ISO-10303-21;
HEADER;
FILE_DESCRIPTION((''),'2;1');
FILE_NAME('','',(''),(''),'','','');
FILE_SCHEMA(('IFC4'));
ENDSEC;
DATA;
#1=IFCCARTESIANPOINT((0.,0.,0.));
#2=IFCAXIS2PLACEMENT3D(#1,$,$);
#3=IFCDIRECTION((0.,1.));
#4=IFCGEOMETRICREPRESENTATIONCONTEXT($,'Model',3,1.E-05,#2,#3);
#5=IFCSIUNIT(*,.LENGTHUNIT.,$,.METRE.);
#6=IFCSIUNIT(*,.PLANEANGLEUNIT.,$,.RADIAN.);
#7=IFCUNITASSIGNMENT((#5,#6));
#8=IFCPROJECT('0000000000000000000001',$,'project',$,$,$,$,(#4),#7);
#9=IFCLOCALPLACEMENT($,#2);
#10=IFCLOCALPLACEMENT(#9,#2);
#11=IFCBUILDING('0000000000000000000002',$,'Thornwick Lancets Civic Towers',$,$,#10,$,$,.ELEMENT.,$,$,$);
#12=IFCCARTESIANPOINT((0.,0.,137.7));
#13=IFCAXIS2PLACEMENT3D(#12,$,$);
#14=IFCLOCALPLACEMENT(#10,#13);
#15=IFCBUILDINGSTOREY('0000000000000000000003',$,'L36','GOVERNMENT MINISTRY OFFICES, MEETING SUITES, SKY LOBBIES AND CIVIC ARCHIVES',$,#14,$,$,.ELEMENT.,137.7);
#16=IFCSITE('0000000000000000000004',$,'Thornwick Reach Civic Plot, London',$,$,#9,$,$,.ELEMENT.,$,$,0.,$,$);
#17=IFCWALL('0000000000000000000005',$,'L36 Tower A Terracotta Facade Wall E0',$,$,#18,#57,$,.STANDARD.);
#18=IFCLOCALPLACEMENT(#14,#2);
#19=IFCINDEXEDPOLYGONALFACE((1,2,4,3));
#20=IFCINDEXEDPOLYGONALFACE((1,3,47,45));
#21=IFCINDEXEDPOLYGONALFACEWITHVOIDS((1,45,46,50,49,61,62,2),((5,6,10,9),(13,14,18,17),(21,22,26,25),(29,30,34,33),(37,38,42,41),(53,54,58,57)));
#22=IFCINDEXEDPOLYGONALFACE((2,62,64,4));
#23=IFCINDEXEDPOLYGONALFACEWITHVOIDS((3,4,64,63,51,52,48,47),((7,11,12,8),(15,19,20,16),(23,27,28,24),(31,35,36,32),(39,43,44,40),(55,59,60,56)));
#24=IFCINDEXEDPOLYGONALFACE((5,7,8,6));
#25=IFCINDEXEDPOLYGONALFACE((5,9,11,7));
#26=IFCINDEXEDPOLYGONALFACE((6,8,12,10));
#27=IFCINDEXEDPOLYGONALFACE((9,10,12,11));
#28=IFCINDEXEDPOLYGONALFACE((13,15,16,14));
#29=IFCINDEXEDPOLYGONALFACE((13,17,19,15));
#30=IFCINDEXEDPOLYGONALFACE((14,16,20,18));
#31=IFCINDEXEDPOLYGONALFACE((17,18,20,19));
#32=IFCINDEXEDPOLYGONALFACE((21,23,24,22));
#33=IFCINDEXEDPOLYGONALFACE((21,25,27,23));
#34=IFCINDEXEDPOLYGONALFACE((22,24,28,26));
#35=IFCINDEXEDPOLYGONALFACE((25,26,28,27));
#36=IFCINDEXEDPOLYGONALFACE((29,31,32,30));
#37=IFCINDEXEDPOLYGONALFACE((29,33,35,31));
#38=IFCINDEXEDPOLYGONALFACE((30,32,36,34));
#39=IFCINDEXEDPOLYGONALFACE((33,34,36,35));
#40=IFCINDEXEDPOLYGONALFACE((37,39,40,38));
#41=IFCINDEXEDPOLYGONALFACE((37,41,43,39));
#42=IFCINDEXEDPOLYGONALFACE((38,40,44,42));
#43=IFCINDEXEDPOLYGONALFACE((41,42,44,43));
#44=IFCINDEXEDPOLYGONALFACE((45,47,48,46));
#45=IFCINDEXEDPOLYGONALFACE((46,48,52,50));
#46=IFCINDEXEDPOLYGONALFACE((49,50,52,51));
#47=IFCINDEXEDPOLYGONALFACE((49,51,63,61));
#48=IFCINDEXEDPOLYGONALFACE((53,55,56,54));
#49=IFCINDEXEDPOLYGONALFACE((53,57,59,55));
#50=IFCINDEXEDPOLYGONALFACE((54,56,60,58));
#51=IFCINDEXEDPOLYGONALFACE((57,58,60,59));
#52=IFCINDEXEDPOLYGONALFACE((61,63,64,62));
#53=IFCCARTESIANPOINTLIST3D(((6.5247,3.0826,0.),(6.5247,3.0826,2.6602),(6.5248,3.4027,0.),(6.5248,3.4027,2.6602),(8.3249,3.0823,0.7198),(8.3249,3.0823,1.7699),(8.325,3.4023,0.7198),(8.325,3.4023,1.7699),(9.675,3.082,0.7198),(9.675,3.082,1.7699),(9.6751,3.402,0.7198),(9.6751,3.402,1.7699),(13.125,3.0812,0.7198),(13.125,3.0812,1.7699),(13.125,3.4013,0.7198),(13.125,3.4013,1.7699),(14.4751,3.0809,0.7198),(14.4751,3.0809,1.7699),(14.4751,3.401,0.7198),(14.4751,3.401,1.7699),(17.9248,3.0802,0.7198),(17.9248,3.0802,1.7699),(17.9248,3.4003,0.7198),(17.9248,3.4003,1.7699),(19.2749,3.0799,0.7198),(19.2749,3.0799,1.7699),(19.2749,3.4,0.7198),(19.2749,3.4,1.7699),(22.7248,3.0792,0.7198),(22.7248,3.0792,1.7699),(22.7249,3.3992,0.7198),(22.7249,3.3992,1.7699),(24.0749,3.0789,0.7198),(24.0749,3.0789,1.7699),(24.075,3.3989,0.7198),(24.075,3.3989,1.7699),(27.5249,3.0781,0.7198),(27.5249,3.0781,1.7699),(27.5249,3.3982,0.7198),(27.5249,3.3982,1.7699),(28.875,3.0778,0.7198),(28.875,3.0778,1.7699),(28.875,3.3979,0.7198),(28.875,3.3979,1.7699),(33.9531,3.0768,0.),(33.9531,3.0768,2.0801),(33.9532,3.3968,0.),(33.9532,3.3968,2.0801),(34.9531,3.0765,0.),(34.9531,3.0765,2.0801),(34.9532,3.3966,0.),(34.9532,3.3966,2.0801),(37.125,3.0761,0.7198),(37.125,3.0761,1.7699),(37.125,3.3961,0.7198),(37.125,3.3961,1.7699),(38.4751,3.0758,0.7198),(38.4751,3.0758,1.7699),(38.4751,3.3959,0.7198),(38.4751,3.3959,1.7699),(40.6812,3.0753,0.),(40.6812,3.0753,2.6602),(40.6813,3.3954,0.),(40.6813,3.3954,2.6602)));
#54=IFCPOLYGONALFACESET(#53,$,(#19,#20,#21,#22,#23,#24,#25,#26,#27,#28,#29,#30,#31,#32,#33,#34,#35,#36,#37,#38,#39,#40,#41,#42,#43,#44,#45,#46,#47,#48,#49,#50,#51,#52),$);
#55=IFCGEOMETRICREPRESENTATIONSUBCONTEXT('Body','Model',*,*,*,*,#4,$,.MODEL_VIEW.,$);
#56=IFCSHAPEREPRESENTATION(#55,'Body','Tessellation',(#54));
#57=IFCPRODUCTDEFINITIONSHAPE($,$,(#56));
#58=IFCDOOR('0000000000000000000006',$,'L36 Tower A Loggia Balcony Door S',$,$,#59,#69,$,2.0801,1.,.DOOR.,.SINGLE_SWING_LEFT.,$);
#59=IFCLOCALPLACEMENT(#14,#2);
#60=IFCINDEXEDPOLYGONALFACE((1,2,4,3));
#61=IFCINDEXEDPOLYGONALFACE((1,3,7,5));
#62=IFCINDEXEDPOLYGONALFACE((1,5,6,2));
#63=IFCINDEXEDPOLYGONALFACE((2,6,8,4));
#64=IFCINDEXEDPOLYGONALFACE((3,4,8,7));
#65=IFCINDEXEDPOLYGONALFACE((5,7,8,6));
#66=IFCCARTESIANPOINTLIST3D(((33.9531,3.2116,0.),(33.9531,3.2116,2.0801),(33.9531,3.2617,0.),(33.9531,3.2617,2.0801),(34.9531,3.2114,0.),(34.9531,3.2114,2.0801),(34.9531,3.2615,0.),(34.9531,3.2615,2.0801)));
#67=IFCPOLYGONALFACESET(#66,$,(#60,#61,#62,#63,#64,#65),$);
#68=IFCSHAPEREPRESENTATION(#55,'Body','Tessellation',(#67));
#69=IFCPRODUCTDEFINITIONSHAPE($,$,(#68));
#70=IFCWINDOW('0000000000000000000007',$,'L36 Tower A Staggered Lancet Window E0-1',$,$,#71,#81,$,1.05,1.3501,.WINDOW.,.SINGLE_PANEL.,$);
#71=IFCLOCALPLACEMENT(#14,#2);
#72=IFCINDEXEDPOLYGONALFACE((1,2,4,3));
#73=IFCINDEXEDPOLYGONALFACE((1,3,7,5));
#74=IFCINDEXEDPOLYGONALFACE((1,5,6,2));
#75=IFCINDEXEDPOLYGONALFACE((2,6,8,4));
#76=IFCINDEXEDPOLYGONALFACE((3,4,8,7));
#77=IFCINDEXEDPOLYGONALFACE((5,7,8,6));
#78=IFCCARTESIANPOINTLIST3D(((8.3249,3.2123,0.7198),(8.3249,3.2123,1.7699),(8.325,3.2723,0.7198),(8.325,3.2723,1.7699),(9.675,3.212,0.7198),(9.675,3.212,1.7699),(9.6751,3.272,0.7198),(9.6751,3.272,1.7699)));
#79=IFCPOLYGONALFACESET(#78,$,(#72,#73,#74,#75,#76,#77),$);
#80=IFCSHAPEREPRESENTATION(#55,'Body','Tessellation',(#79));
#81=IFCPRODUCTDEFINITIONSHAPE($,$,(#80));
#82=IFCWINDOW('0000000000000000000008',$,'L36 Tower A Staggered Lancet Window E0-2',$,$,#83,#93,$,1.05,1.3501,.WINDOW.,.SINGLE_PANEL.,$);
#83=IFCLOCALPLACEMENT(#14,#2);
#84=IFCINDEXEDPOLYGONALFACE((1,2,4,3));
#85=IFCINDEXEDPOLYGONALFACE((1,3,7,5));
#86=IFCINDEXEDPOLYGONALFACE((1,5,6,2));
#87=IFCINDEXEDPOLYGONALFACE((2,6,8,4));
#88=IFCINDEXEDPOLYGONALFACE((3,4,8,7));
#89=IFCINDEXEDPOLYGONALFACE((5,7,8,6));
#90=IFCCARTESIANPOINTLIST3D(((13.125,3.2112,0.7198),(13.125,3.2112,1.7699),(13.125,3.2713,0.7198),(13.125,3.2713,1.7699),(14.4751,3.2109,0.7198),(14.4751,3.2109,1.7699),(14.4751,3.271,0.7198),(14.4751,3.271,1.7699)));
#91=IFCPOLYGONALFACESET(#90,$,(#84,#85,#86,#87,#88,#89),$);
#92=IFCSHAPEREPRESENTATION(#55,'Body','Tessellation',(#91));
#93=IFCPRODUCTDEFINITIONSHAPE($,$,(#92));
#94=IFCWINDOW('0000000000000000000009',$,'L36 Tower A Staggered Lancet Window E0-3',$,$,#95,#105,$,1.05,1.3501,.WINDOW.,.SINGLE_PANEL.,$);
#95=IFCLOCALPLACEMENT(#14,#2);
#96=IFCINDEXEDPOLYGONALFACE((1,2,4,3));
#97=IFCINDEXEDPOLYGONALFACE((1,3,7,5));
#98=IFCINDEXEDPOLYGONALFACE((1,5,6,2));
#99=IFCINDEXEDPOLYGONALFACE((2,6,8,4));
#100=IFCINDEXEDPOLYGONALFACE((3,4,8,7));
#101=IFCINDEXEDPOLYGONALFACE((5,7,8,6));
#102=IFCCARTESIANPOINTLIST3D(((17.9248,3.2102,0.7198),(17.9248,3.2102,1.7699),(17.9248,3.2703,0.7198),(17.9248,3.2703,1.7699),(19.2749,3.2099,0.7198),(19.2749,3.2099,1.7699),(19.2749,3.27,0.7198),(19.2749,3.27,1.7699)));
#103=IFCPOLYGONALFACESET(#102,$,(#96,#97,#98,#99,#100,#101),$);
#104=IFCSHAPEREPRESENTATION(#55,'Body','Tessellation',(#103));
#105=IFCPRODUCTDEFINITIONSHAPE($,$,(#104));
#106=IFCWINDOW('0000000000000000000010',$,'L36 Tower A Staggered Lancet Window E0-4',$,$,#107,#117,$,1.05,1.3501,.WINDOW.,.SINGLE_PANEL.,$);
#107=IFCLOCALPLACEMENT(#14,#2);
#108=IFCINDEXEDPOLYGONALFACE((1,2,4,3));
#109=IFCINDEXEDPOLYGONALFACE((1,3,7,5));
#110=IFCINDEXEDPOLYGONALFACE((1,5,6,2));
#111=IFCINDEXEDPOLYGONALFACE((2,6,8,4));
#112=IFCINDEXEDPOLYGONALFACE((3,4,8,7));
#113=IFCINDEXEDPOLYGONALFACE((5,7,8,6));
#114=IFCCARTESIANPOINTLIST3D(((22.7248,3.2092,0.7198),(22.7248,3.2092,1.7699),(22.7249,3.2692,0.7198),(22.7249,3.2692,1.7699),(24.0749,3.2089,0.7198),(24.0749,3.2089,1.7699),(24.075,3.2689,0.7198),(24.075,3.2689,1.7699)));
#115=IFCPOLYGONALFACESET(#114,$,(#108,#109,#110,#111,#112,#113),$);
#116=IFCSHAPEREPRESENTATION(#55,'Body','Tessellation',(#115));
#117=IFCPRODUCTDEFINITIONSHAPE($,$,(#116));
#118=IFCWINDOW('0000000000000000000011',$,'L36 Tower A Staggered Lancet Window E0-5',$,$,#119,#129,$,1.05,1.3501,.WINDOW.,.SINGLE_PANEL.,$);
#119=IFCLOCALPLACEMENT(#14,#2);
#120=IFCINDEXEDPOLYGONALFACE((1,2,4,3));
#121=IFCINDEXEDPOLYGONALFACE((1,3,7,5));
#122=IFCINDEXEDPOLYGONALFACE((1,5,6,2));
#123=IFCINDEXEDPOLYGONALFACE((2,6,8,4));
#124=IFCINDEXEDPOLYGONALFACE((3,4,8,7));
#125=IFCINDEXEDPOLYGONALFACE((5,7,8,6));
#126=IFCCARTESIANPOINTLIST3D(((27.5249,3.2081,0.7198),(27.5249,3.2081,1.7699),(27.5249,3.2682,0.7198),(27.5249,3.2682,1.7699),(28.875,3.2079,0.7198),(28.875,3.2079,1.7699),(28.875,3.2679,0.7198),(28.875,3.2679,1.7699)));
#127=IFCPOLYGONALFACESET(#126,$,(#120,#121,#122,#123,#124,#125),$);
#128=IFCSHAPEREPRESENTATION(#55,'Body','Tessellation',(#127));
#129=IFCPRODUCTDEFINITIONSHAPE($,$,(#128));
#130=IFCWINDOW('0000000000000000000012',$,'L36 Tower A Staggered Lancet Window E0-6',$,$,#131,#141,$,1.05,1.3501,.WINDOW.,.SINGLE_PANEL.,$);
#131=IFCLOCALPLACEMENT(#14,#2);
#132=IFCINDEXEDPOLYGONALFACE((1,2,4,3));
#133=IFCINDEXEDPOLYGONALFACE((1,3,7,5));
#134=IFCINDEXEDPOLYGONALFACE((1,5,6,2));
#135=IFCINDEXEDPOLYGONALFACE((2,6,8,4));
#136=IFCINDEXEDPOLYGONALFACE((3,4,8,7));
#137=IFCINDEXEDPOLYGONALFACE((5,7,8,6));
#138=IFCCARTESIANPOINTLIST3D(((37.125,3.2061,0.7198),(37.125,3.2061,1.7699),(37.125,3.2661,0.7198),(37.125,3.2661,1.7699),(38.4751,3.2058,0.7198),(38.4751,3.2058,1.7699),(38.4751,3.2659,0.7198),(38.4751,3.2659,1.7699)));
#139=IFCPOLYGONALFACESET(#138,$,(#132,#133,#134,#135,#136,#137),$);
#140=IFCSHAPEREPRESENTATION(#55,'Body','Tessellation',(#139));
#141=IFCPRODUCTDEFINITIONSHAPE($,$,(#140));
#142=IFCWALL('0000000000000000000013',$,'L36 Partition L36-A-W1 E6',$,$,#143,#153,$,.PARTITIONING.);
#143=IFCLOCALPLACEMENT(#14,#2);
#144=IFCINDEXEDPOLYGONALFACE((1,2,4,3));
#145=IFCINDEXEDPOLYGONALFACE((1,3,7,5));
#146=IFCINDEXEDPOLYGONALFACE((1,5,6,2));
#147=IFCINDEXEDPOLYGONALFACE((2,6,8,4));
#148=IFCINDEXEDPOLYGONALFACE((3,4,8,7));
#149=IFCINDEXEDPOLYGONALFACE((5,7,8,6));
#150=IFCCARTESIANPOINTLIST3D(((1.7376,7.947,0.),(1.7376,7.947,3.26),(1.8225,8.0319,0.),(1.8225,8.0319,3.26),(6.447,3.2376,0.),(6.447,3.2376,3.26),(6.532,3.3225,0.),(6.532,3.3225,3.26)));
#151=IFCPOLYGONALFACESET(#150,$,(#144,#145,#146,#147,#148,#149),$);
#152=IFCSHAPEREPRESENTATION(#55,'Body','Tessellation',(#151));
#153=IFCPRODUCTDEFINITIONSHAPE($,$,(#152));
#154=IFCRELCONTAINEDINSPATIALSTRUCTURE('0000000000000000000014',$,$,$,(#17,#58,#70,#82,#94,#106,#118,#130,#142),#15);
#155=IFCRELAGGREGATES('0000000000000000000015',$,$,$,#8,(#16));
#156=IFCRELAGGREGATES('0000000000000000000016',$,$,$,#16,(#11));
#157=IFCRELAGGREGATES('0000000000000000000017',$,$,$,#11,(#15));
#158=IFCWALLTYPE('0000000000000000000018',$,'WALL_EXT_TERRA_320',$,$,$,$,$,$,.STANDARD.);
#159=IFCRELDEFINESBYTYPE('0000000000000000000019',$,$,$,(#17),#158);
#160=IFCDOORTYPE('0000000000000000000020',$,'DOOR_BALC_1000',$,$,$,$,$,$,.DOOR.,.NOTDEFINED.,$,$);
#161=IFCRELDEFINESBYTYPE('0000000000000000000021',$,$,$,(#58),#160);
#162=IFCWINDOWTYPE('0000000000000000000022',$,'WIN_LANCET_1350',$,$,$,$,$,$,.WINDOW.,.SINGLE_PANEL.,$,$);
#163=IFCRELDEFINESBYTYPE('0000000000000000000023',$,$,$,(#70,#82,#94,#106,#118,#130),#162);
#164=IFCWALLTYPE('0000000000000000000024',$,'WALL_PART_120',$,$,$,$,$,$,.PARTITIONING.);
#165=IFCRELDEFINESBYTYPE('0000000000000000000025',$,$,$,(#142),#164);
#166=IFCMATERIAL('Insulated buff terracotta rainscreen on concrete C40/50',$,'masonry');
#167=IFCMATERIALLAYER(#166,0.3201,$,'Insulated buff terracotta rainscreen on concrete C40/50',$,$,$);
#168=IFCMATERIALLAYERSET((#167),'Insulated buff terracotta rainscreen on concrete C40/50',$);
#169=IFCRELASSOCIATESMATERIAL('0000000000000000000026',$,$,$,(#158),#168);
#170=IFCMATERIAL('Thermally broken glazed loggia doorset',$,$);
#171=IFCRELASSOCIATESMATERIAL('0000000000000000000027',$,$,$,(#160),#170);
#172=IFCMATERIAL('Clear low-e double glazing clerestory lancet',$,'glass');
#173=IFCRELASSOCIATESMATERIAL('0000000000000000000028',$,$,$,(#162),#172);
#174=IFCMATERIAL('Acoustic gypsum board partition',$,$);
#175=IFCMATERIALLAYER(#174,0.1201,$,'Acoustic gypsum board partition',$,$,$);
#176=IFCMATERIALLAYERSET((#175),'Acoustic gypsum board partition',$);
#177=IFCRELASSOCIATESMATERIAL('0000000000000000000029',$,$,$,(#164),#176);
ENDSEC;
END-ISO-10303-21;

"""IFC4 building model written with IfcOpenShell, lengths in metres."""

from ifc_helpers import new_model, si_unit, direction, frame, frame_2d, origin, place, context, subcontext, project, spatial, rectangle, extrude, material, layer, layer_set, type_object, element, fill, save


model = new_model("IFC4")

# Units and contexts
model_context = context("Model", 3, precision=1e-05, world=origin(), true_north=direction((0.0, 1.0)))
body_context = subcontext(model_context, "Body", "Model", "MODEL_VIEW")
ifc_project = project(units=[si_unit("LENGTHUNIT", "METRE"), si_unit("PLANEANGLEUNIT", "RADIAN")], contexts=[model_context])

# Site, building, storey
site_placement = place(None, origin())
site = spatial("IfcSite", under=ifc_project, at=site_placement, Name="Thornwick Reach Civic Plot, London", CompositionType="ELEMENT", RefElevation=0.0)
building_placement = place(site_placement, origin())
building = spatial("IfcBuilding", under=site, at=building_placement, Name="Thornwick Lancets Civic Towers", CompositionType="ELEMENT")
storey_placement = place(building_placement, frame((0.0, 0.0, 137.7)))
storey = spatial("IfcBuildingStorey", under=building, at=storey_placement, Name="L36", Description="GOVERNMENT MINISTRY OFFICES, MEETING SUITES, SKY LOBBIES AND CIVIC ARCHIVES", CompositionType="ELEMENT", Elevation=137.7)

# Wall, openings, door, windows
ifc_material_1 = material(Name="Insulated buff terracotta rainscreen on concrete C40/50", Category="masonry")
ifc_layer_1 = layer(ifc_material_1, 0.3201, Name="Insulated buff terracotta rainscreen on concrete C40/50")
ifc_layer_set_1 = layer_set([ifc_layer_1], Name="Insulated buff terracotta rainscreen on concrete C40/50")
wall_type_1 = type_object("IfcWallType", Name="WALL_EXT_TERRA_320", PredefinedType="STANDARD", material=ifc_layer_set_1)
wall_1_placement = place(storey_placement, frame((6.5249, 3.2427, 0.0), z_axis=(0.0, 0.0, 1.0), x_axis=(1.0, -0.000214, 0.0)))
wall_1 = element("IfcWall", 1, at=wall_1_placement, inside=storey, type_object=wall_type_1, Name="L36 Tower A Terracotta Facade Wall E0", PredefinedType="STANDARD", context=body_context, shape_type="SweptSolid", body=[
    extrude(rectangle(XDim=34.1565, YDim=0.3201, at=frame_2d((17.0781, 0.0))), origin(), (0.0, 0.0, 1.0), 2.6602),
])
opening_1_placement = place(wall_1_placement, frame((27.4282, 0.0, 0.0)))
opening_1 = element("IfcOpeningElement", 2, at=opening_1_placement, cuts=wall_1, PredefinedType="OPENING", context=body_context, shape_type="SweptSolid", body=[
    extrude(rectangle(XDim=1.0, YDim=2.0801, at=frame_2d((0.5, 1.04))), frame((0.0, 0.1699, 0.0), z_axis=(0.0, -1.0, 0.0), x_axis=(1.0, 0.0, 0.0)), (0.0, 0.0, 1.0), 0.3401),
])
opening_2_placement = place(wall_1_placement, frame((1.8, 0.0, 0.72)))
opening_2 = element("IfcOpeningElement", 3, at=opening_2_placement, cuts=wall_1, PredefinedType="OPENING", context=body_context, shape_type="SweptSolid", body=[
    extrude(rectangle(XDim=1.3501, YDim=1.05, at=frame_2d((0.675, 0.5249))), frame((0.0, 0.1699, 0.0), z_axis=(0.0, -1.0, 0.0), x_axis=(1.0, 0.0, 0.0)), (0.0, 0.0, 1.0), 0.3401),
])
opening_3_placement = place(wall_1_placement, frame((6.6001, 0.0, 0.72)))
opening_3 = element("IfcOpeningElement", 4, at=opening_3_placement, cuts=wall_1, PredefinedType="OPENING", context=body_context, shape_type="SweptSolid", body=[
    extrude(rectangle(XDim=1.3501, YDim=1.05, at=frame_2d((0.675, 0.5249))), frame((0.0, 0.1699, 0.0), z_axis=(0.0, -1.0, 0.0), x_axis=(1.0, 0.0, 0.0)), (0.0, 0.0, 1.0), 0.3401),
])
opening_4_placement = place(wall_1_placement, frame((11.3999, 0.0, 0.72)))
opening_4 = element("IfcOpeningElement", 5, at=opening_4_placement, cuts=wall_1, PredefinedType="OPENING", context=body_context, shape_type="SweptSolid", body=[
    extrude(rectangle(XDim=1.3501, YDim=1.05, at=frame_2d((0.675, 0.5249))), frame((0.0, 0.1699, 0.0), z_axis=(0.0, -1.0, 0.0), x_axis=(1.0, 0.0, 0.0)), (0.0, 0.0, 1.0), 0.3401),
])
opening_5_placement = place(wall_1_placement, frame((16.2, 0.0, 0.72)))
opening_5 = element("IfcOpeningElement", 6, at=opening_5_placement, cuts=wall_1, PredefinedType="OPENING", context=body_context, shape_type="SweptSolid", body=[
    extrude(rectangle(XDim=1.3501, YDim=1.05, at=frame_2d((0.675, 0.5249))), frame((0.0, 0.1699, 0.0), z_axis=(0.0, -1.0, 0.0), x_axis=(1.0, 0.0, 0.0)), (0.0, 0.0, 1.0), 0.3401),
])
opening_6_placement = place(wall_1_placement, frame((21.0, 0.0, 0.72)))
opening_6 = element("IfcOpeningElement", 7, at=opening_6_placement, cuts=wall_1, PredefinedType="OPENING", context=body_context, shape_type="SweptSolid", body=[
    extrude(rectangle(XDim=1.3501, YDim=1.05, at=frame_2d((0.675, 0.5249))), frame((0.0, 0.1699, 0.0), z_axis=(0.0, -1.0, 0.0), x_axis=(1.0, 0.0, 0.0)), (0.0, 0.0, 1.0), 0.3401),
])
opening_7_placement = place(wall_1_placement, frame((30.6001, 0.0, 0.72)))
opening_7 = element("IfcOpeningElement", 8, at=opening_7_placement, cuts=wall_1, PredefinedType="OPENING", context=body_context, shape_type="SweptSolid", body=[
    extrude(rectangle(XDim=1.3501, YDim=1.05, at=frame_2d((0.675, 0.5249))), frame((0.0, 0.1699, 0.0), z_axis=(0.0, -1.0, 0.0), x_axis=(1.0, 0.0, 0.0)), (0.0, 0.0, 1.0), 0.3401),
])
ifc_material_2 = material(Name="Thermally broken glazed loggia doorset")
door_type = type_object("IfcDoorType", Name="DOOR_BALC_1000", OperationType="NOTDEFINED", PredefinedType="DOOR", material=ifc_material_2)
door_placement = place(opening_1_placement, origin())
door = element("IfcDoor", 9, at=door_placement, inside=storey, type_object=door_type, Name="L36 Tower A Loggia Balcony Door S", OperationType="SINGLE_SWING_LEFT", OverallHeight=2.0801, OverallWidth=1.0, PredefinedType="DOOR", context=body_context, shape_type="SweptSolid", body=[
    extrude(rectangle(XDim=1.0, YDim=2.0801, at=frame_2d((0.5, 1.04))), frame((0.0, 0.0249, 0.0), z_axis=(0.0, -1.0, 0.0), x_axis=(1.0, 0.0, 0.0)), (0.0, 0.0, 1.0), 0.05),
])
fill(opening_1, door)
ifc_material_3 = material(Name="Clear low-e double glazing clerestory lancet", Category="glass")
window_type = type_object("IfcWindowType", Name="WIN_LANCET_1350", PartitioningType="SINGLE_PANEL", PredefinedType="WINDOW", material=ifc_material_3)
window_1_placement = place(opening_2_placement, origin())
window_1 = element("IfcWindow", 10, at=window_1_placement, inside=storey, type_object=window_type, Name="L36 Tower A Staggered Lancet Window E0-1", OverallHeight=1.05, OverallWidth=1.3501, PartitioningType="SINGLE_PANEL", PredefinedType="WINDOW", context=body_context, shape_type="SweptSolid", body=[
    extrude(rectangle(XDim=1.3501, YDim=1.05, at=frame_2d((0.675, 0.5249))), frame((0.0, 0.03, 0.0), z_axis=(0.0, -1.0, 0.0), x_axis=(1.0, 0.0, 0.0)), (0.0, 0.0, 1.0), 0.0601),
])
fill(opening_2, window_1)
window_2_placement = place(opening_3_placement, origin())
window_2 = element("IfcWindow", 11, at=window_2_placement, inside=storey, type_object=window_type, Name="L36 Tower A Staggered Lancet Window E0-2", OverallHeight=1.05, OverallWidth=1.3501, PartitioningType="SINGLE_PANEL", PredefinedType="WINDOW", context=body_context, shape_type="SweptSolid", body=[
    extrude(rectangle(XDim=1.3501, YDim=1.05, at=frame_2d((0.675, 0.5249))), frame((0.0, 0.03, 0.0), z_axis=(0.0, -1.0, 0.0), x_axis=(1.0, 0.0, 0.0)), (0.0, 0.0, 1.0), 0.0601),
])
fill(opening_3, window_2)
window_3_placement = place(opening_4_placement, origin())
window_3 = element("IfcWindow", 12, at=window_3_placement, inside=storey, type_object=window_type, Name="L36 Tower A Staggered Lancet Window E0-3", OverallHeight=1.05, OverallWidth=1.3501, PartitioningType="SINGLE_PANEL", PredefinedType="WINDOW", context=body_context, shape_type="SweptSolid", body=[
    extrude(rectangle(XDim=1.3501, YDim=1.05, at=frame_2d((0.675, 0.5249))), frame((0.0, 0.03, 0.0), z_axis=(0.0, -1.0, 0.0), x_axis=(1.0, 0.0, 0.0)), (0.0, 0.0, 1.0), 0.0601),
])
fill(opening_4, window_3)
window_4_placement = place(opening_5_placement, origin())
window_4 = element("IfcWindow", 13, at=window_4_placement, inside=storey, type_object=window_type, Name="L36 Tower A Staggered Lancet Window E0-4", OverallHeight=1.05, OverallWidth=1.3501, PartitioningType="SINGLE_PANEL", PredefinedType="WINDOW", context=body_context, shape_type="SweptSolid", body=[
    extrude(rectangle(XDim=1.3501, YDim=1.05, at=frame_2d((0.675, 0.5249))), frame((0.0, 0.03, 0.0), z_axis=(0.0, -1.0, 0.0), x_axis=(1.0, 0.0, 0.0)), (0.0, 0.0, 1.0), 0.0601),
])
fill(opening_5, window_4)
window_5_placement = place(opening_6_placement, origin())
window_5 = element("IfcWindow", 14, at=window_5_placement, inside=storey, type_object=window_type, Name="L36 Tower A Staggered Lancet Window E0-5", OverallHeight=1.05, OverallWidth=1.3501, PartitioningType="SINGLE_PANEL", PredefinedType="WINDOW", context=body_context, shape_type="SweptSolid", body=[
    extrude(rectangle(XDim=1.3501, YDim=1.05, at=frame_2d((0.675, 0.5249))), frame((0.0, 0.03, 0.0), z_axis=(0.0, -1.0, 0.0), x_axis=(1.0, 0.0, 0.0)), (0.0, 0.0, 1.0), 0.0601),
])
fill(opening_6, window_5)
window_6_placement = place(opening_7_placement, origin())
window_6 = element("IfcWindow", 15, at=window_6_placement, inside=storey, type_object=window_type, Name="L36 Tower A Staggered Lancet Window E0-6", OverallHeight=1.05, OverallWidth=1.3501, PartitioningType="SINGLE_PANEL", PredefinedType="WINDOW", context=body_context, shape_type="SweptSolid", body=[
    extrude(rectangle(XDim=1.3501, YDim=1.05, at=frame_2d((0.675, 0.5249))), frame((0.0, 0.03, 0.0), z_axis=(0.0, -1.0, 0.0), x_axis=(1.0, 0.0, 0.0)), (0.0, 0.0, 1.0), 0.0601),
])
fill(opening_7, window_6)

# Wall
ifc_material_4 = material(Name="Acoustic gypsum board partition")
ifc_layer_2 = layer(ifc_material_4, 0.1201, Name="Acoustic gypsum board partition")
ifc_layer_set_2 = layer_set([ifc_layer_2], Name="Acoustic gypsum board partition")
wall_type_2 = type_object("IfcWallType", Name="WALL_PART_120", PredefinedType="PARTITIONING", material=ifc_layer_set_2)
wall_2_placement = place(storey_placement, frame((6.4895, 3.28, 0.0), z_axis=(0.0, 0.0, 1.0), x_axis=(-0.707107, 0.707107, 0.0)))
element("IfcWall", 16, at=wall_2_placement, inside=storey, type_object=wall_type_2, Name="L36 Partition L36-A-W1 E6", PredefinedType="PARTITIONING", context=body_context, shape_type="SweptSolid", body=[
    extrude(rectangle(XDim=6.6602, YDim=0.1201, at=frame_2d((3.3301, 0.0))), origin(), (0.0, 0.0, 1.0), 3.26),
])

save(model, "model.ifc")
